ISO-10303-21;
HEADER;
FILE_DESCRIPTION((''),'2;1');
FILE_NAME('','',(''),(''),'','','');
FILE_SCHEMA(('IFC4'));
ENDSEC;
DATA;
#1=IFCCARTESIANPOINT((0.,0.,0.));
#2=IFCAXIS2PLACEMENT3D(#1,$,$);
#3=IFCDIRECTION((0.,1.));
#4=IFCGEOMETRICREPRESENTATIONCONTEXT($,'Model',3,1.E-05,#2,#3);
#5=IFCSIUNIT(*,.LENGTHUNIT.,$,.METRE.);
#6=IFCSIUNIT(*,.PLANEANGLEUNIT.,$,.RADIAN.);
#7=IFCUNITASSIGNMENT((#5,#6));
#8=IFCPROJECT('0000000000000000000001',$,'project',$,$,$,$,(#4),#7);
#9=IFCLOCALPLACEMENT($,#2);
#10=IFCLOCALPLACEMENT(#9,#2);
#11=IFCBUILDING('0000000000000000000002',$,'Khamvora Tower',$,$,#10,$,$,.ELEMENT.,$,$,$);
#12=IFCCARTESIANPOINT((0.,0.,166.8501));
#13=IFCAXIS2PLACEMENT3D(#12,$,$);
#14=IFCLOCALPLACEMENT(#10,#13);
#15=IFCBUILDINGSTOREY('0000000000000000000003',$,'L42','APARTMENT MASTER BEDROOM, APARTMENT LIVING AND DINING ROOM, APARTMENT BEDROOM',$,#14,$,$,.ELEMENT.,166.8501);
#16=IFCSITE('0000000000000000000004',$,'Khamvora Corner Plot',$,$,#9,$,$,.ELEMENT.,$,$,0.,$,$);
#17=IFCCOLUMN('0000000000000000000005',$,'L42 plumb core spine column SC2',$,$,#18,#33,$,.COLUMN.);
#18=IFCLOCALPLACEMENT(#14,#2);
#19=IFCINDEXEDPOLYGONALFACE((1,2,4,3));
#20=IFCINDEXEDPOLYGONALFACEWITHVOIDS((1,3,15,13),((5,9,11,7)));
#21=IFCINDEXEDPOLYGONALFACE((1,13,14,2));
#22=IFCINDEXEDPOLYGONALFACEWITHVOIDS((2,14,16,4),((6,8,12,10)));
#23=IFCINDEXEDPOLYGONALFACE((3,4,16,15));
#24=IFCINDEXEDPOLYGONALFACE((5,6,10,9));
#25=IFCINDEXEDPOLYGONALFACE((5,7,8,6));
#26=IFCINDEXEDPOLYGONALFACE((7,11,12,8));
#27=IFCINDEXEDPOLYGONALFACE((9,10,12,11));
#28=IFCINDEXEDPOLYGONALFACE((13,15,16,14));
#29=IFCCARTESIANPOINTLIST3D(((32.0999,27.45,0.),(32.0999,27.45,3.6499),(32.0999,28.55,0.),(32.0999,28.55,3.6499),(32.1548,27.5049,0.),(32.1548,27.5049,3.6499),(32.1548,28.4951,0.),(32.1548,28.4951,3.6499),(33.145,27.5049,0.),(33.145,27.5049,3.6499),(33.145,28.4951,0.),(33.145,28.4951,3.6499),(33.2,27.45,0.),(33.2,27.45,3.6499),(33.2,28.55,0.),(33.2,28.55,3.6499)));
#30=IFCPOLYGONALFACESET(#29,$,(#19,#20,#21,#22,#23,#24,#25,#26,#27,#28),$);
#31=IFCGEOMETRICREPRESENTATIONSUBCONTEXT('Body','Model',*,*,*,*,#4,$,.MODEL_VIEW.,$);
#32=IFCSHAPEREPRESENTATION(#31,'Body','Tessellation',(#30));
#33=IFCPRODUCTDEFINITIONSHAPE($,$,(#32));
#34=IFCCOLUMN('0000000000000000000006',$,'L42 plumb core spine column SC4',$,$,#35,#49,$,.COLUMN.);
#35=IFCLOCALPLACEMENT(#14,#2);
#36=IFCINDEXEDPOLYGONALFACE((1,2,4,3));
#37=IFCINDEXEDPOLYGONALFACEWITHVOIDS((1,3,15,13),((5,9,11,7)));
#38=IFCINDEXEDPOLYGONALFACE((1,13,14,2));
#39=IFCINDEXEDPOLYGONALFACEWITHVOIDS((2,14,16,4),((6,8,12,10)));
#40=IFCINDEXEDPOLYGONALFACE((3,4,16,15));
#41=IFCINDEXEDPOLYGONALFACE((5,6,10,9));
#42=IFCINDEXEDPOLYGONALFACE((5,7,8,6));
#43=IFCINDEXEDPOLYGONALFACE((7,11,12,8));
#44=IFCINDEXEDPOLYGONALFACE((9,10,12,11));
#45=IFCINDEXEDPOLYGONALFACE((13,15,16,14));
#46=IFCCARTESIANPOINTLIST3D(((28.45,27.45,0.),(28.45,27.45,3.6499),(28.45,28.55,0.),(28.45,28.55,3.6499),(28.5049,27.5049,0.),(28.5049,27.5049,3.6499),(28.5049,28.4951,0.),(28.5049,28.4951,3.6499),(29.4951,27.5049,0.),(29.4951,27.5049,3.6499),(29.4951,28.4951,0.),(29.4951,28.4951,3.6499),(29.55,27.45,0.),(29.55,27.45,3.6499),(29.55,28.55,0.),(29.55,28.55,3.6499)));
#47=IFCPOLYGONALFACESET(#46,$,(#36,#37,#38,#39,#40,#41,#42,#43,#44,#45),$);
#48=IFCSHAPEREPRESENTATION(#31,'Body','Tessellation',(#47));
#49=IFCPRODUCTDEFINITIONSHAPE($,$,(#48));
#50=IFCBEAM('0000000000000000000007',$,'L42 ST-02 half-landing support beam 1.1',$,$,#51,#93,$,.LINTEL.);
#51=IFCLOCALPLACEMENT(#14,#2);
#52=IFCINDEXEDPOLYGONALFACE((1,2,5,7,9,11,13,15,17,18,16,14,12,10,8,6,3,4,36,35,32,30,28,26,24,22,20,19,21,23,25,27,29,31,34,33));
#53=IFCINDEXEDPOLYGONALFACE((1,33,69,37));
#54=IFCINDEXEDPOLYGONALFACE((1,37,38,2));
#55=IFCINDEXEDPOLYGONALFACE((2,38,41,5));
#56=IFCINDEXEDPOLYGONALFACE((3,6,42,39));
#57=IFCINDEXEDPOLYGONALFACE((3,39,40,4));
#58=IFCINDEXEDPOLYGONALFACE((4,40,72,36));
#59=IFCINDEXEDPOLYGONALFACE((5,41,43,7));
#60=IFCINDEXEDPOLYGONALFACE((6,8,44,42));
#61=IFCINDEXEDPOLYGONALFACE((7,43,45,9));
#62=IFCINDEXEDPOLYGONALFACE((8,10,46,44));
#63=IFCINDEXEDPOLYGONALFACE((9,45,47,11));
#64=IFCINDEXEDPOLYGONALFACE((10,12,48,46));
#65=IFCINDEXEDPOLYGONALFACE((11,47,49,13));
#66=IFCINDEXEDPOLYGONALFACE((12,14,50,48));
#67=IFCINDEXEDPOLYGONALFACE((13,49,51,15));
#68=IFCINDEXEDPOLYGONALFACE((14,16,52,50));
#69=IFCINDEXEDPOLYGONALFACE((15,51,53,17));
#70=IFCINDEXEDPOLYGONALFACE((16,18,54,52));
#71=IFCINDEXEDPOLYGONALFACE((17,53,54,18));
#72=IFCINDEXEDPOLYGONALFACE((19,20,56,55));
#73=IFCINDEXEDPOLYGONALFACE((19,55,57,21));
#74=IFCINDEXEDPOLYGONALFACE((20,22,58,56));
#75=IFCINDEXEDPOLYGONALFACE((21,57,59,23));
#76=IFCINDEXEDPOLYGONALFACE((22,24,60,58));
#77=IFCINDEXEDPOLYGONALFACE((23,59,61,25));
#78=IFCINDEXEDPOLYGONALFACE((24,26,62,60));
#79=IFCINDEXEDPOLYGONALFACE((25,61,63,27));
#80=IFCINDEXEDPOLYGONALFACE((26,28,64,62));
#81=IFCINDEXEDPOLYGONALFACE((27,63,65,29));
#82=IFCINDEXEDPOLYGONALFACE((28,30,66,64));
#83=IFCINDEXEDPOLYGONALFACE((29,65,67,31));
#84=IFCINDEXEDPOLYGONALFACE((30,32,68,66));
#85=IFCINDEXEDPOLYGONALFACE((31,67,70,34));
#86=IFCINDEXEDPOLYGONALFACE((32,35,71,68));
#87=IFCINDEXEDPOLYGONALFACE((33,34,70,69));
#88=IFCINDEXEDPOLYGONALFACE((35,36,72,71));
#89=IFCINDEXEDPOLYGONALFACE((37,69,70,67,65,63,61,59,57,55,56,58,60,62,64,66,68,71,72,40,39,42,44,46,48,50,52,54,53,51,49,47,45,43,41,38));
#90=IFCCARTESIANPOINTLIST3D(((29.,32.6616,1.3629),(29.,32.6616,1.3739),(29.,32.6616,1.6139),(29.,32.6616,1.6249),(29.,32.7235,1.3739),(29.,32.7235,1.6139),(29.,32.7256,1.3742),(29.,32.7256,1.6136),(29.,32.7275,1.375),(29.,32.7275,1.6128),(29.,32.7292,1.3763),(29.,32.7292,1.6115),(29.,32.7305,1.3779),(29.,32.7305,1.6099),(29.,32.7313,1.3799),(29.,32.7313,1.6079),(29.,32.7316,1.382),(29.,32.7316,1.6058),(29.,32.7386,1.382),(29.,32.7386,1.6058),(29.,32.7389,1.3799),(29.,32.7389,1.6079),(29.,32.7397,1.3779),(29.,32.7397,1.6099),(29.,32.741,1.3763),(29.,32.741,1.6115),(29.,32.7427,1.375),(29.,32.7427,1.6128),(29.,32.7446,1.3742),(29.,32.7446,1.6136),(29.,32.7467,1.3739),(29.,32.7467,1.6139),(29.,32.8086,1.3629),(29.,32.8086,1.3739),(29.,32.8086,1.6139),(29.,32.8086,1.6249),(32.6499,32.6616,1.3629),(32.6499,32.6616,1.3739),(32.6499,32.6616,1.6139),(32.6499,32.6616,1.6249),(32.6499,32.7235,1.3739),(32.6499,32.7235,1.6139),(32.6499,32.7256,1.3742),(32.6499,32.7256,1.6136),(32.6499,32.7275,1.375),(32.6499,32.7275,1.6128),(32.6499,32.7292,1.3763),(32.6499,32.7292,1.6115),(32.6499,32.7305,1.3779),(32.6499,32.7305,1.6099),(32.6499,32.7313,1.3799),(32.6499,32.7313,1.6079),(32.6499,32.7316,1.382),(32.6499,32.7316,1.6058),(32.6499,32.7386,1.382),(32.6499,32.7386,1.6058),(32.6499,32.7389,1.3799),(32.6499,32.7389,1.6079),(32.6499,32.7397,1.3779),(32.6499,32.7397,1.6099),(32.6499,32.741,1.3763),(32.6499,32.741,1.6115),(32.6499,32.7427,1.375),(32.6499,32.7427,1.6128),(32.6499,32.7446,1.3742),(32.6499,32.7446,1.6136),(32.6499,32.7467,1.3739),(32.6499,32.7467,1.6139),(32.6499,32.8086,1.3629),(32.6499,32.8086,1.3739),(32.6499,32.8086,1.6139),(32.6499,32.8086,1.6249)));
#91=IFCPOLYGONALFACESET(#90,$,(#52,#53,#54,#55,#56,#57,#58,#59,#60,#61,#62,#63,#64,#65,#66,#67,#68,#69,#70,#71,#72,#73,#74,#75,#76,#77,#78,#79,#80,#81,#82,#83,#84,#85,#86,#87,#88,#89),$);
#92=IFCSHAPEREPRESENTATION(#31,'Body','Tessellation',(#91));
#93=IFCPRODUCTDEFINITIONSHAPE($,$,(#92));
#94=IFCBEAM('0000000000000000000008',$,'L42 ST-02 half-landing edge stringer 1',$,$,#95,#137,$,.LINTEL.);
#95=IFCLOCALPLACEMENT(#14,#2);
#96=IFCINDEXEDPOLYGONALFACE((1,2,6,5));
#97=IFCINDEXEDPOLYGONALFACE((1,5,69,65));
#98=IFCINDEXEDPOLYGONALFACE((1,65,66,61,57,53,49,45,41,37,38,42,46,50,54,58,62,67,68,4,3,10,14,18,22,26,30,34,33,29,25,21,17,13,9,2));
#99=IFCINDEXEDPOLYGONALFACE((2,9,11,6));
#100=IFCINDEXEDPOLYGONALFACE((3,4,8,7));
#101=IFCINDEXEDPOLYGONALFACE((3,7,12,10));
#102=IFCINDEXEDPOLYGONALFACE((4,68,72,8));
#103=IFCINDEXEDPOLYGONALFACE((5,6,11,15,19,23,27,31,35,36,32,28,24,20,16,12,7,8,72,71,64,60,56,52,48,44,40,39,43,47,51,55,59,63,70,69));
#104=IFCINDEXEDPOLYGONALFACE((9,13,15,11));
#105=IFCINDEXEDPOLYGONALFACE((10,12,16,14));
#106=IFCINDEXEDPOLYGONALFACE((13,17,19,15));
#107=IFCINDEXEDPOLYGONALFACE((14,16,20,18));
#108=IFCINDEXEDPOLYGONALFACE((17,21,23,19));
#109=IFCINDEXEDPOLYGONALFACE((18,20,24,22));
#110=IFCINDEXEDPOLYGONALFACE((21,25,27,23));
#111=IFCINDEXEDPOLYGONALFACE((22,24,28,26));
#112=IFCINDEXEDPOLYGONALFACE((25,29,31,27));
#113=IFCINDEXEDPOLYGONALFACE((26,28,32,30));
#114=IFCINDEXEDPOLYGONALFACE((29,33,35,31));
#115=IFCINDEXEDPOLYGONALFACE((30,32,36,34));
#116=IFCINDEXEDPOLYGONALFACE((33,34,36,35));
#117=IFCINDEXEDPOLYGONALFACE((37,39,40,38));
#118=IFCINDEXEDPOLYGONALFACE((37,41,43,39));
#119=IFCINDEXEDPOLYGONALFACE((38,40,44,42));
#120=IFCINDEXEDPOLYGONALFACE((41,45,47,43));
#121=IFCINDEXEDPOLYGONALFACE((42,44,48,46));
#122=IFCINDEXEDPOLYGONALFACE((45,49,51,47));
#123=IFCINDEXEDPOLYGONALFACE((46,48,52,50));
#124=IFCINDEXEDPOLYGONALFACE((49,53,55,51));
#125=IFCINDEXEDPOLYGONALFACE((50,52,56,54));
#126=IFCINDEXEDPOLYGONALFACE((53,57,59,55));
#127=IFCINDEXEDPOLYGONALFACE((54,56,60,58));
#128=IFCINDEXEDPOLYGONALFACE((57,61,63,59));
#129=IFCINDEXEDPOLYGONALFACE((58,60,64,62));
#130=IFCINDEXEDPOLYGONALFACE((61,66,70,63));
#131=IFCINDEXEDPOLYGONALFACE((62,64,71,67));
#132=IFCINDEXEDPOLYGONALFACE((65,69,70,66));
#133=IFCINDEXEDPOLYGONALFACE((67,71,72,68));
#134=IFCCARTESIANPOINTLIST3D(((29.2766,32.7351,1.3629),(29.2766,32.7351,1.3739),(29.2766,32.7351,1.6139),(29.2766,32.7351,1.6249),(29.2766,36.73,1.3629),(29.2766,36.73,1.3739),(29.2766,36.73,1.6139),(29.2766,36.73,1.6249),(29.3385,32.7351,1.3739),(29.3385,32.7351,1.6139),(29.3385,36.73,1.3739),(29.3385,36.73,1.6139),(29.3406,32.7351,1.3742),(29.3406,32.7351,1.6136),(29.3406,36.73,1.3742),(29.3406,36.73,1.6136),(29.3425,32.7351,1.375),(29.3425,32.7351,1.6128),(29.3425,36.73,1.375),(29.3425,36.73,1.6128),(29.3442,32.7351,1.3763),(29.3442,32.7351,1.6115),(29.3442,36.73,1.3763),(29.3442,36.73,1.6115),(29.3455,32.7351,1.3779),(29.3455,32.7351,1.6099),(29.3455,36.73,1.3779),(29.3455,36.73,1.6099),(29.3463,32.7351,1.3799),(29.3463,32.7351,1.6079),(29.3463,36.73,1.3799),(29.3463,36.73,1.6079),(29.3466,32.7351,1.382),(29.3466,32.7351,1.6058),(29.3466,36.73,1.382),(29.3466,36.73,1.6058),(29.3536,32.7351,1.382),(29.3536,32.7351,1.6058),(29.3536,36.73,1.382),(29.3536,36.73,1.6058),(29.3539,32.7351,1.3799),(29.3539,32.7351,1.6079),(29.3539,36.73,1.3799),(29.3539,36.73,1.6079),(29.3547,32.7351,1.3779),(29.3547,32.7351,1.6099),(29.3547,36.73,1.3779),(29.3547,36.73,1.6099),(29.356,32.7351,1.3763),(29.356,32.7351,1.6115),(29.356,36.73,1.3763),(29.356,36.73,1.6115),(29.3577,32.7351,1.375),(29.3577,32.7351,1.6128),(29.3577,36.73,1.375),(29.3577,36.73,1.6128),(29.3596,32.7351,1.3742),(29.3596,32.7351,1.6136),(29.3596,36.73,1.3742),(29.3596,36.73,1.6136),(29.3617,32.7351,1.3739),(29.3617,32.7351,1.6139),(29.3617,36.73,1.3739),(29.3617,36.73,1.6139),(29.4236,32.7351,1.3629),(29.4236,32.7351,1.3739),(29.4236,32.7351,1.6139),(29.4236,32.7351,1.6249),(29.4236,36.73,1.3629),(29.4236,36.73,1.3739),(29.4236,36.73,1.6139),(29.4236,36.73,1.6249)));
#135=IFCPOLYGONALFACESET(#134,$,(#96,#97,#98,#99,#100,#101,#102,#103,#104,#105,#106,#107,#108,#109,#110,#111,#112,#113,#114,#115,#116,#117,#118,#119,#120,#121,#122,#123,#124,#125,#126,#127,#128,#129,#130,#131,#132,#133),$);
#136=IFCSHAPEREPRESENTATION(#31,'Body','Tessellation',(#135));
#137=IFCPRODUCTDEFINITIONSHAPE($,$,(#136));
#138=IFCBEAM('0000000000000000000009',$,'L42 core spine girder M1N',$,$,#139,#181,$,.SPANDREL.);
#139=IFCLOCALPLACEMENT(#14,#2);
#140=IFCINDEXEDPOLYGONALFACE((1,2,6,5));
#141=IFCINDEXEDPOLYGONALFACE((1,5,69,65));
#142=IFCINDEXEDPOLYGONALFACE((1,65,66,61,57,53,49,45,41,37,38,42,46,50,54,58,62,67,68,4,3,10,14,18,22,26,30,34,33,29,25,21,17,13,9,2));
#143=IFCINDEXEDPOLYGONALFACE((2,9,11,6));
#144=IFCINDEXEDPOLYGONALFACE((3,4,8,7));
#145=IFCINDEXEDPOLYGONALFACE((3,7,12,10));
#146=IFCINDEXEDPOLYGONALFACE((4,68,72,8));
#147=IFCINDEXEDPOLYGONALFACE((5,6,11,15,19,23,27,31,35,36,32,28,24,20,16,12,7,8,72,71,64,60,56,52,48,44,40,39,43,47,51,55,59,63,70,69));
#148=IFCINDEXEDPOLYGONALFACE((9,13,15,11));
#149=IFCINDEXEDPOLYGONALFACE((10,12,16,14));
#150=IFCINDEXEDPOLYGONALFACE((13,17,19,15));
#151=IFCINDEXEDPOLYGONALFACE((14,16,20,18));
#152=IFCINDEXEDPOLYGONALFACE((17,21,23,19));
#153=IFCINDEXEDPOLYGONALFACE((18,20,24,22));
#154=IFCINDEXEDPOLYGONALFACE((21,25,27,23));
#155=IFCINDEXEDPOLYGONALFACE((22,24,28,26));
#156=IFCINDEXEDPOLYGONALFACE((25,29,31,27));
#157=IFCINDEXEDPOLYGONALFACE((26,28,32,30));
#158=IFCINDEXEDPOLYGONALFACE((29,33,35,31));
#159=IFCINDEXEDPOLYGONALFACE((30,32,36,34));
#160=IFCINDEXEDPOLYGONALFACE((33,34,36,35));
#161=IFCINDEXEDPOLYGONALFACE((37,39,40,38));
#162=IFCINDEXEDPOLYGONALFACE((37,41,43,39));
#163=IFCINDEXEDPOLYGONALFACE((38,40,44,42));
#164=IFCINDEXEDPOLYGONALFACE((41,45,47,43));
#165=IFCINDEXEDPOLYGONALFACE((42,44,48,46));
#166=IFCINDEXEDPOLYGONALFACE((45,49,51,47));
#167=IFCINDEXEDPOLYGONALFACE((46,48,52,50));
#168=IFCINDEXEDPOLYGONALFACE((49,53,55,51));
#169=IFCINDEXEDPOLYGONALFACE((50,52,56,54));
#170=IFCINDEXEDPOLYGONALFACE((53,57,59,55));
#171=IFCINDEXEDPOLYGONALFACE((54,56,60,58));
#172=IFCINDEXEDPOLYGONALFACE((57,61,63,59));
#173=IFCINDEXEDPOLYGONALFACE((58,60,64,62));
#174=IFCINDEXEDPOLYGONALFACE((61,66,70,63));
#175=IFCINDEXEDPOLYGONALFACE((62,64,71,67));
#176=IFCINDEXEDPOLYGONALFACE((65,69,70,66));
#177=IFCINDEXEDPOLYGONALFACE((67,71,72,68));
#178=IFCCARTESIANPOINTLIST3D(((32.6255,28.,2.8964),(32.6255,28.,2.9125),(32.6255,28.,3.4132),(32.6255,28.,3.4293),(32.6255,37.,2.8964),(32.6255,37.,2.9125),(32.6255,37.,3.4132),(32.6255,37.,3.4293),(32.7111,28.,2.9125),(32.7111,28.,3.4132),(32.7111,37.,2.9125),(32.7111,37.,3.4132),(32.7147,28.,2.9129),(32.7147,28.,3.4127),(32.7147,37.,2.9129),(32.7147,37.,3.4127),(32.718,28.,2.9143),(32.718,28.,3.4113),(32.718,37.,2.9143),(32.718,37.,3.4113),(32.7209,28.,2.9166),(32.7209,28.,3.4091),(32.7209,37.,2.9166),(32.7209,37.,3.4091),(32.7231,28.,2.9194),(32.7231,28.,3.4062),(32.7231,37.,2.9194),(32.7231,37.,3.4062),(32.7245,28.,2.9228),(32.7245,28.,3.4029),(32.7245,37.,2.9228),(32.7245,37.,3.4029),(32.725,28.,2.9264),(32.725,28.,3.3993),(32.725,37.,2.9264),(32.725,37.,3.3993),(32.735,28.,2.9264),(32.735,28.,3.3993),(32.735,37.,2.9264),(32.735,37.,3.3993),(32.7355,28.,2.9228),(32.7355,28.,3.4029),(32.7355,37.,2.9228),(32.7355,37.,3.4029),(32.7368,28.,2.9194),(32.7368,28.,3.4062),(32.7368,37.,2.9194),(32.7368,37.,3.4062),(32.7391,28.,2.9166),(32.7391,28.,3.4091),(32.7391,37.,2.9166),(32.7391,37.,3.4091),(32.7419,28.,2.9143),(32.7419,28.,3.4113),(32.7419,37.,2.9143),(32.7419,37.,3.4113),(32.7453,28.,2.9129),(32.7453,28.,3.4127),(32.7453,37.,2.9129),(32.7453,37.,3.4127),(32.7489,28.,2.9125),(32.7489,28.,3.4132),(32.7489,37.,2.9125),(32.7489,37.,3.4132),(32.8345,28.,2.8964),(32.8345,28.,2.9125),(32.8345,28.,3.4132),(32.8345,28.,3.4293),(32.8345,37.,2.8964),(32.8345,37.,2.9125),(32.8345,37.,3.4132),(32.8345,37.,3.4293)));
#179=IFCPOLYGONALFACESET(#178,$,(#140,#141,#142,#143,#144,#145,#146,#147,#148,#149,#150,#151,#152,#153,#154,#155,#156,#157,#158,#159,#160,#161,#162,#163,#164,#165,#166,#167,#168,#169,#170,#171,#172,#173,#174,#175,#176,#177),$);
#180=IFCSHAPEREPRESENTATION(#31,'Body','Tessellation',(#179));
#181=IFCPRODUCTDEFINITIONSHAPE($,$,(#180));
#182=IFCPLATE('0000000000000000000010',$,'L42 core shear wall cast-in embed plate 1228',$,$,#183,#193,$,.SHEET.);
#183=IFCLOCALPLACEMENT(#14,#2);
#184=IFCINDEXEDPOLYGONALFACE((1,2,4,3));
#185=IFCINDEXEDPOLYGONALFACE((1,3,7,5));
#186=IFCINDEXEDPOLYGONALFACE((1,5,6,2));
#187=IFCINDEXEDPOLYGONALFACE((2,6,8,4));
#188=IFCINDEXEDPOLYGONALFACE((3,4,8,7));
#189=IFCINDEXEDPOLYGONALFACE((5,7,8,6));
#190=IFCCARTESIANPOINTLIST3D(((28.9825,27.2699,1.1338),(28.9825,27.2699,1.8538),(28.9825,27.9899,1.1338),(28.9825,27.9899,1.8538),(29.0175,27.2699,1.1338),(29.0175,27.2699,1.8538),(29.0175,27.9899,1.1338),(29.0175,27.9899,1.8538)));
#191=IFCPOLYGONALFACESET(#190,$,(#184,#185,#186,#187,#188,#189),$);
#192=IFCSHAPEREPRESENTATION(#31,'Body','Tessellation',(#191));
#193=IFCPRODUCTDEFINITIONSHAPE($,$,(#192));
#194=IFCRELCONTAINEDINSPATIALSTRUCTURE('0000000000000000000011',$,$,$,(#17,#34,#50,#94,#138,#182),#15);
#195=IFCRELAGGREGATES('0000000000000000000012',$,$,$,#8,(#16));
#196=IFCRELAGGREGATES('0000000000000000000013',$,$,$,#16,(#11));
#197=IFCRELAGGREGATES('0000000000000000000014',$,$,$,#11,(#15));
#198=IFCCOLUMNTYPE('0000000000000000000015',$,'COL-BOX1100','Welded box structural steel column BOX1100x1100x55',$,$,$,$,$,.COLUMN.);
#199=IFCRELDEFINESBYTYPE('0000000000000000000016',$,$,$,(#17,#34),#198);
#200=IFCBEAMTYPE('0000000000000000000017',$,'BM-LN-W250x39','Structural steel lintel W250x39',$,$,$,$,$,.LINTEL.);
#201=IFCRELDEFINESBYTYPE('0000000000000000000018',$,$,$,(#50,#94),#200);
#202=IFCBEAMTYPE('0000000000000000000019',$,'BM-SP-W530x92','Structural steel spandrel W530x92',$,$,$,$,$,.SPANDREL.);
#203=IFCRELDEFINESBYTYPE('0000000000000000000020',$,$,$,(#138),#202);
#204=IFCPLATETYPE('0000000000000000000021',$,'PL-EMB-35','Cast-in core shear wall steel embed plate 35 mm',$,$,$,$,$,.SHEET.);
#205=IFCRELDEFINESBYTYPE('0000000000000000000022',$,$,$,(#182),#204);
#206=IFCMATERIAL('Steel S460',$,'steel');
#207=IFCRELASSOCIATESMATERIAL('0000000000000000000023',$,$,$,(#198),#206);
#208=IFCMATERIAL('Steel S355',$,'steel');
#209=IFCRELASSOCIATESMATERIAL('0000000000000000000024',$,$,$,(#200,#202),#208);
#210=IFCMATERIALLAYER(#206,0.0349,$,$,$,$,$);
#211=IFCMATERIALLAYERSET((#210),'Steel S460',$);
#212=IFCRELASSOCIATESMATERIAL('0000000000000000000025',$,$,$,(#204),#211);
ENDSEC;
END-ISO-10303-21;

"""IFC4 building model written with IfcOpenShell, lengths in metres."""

from ifc_helpers import new_model, si_unit, direction, frame, origin, origin_2d, place, context, subcontext, project, spatial, rectangle, hollow_rectangle, i_section, extrude, material, layer, layer_set, material_profile, profile_set, type_object, element, save


model = new_model("IFC4")

# Units and contexts
model_context = context("Model", 3, precision=1e-05, world=origin(), true_north=direction((0.0, 1.0)))
body_context = subcontext(model_context, "Body", "Model", "MODEL_VIEW")
ifc_project = project(units=[si_unit("LENGTHUNIT", "METRE"), si_unit("PLANEANGLEUNIT", "RADIAN")], contexts=[model_context])

# Site, building, storey
site_placement = place(None, origin())
site = spatial("IfcSite", under=ifc_project, at=site_placement, Name="Khamvora Corner Plot", CompositionType="ELEMENT", RefElevation=0.0)
building_placement = place(site_placement, origin())
building = spatial("IfcBuilding", under=site, at=building_placement, Name="Khamvora Tower", CompositionType="ELEMENT")
storey_placement = place(building_placement, frame((0.0, 0.0, 166.8501)))
storey = spatial("IfcBuildingStorey", under=building, at=storey_placement, Name="L42", Description="APARTMENT MASTER BEDROOM, APARTMENT LIVING AND DINING ROOM, APARTMENT BEDROOM", CompositionType="ELEMENT", Elevation=166.8501)

# Columns
ifc_material_1 = material(Name="Steel S460", Category="steel")
ifc_material_profile_1 = material_profile(ifc_material_1, hollow_rectangle(XDim=1.1001, YDim=1.1001, WallThickness=0.0549, at=origin_2d()), Name="BOX1100x1100x55")
ifc_profile_set_1 = profile_set([ifc_material_profile_1], Name="Steel S460")
column_type = type_object("IfcColumnType", Name="COL-BOX1100", Description="Welded box structural steel column BOX1100x1100x55", PredefinedType="COLUMN", material=ifc_profile_set_1)
for number, where, z_axis, x_axis, name in (
    (1, (32.6499, 28.0, 0.0), (0.0, 0.0, 1.0), (1.0, 0.0, 0.0), "L42 plumb core spine column SC2"),
    (2, (29.0, 28.0, 0.0), (0.0, 0.0, 1.0), (1.0, 0.0, 0.0), "L42 plumb core spine column SC4"),
):
    element("IfcColumn", number, at=place(storey_placement, frame(where, z_axis=z_axis, x_axis=x_axis)), inside=storey, type_object=column_type, Name=name, PredefinedType="COLUMN", context=body_context, shape_type="SweptSolid", body=[
        extrude(hollow_rectangle(XDim=1.1001, YDim=1.1001, WallThickness=0.0549, at=origin_2d()), origin(), (0.0, 0.0, 1.0), 3.6499),
    ])

# Beams
ifc_material_2 = material(Name="Steel S355", Category="steel")
ifc_material_profile_2 = material_profile(ifc_material_2, i_section(OverallWidth=0.147, OverallDepth=0.262, WebThickness=0.0071, FlangeThickness=0.011, FilletRadius=0.0081, at=origin_2d()), Name="W250x39")
ifc_profile_set_2 = profile_set([ifc_material_profile_2], Name="Steel S355")
beam_type_1 = type_object("IfcBeamType", Name="BM-LN-W250x39", Description="Structural steel lintel W250x39", PredefinedType="LINTEL", material=ifc_profile_set_2)
beam_1_placement = place(storey_placement, frame((29.0, 32.7351, 1.4939), z_axis=(1.0, 0.0, 0.0), x_axis=(0.0, 1.0, 0.0)))
element("IfcBeam", 3, at=beam_1_placement, inside=storey, type_object=beam_type_1, Name="L42 ST-02 half-landing support beam 1.1", PredefinedType="LINTEL", context=body_context, shape_type="SweptSolid", body=[
    extrude(i_section(OverallWidth=0.147, OverallDepth=0.262, WebThickness=0.0071, FlangeThickness=0.011, FilletRadius=0.0081, at=origin_2d()), origin(), (0.0, 0.0, 1.0), 3.6499),
])
beam_2_placement = place(storey_placement, frame((29.3501, 32.7351, 1.4939), z_axis=(0.0, 1.0, 0.0), x_axis=(-1.0, 0.0, 0.0)))
element("IfcBeam", 4, at=beam_2_placement, inside=storey, type_object=beam_type_1, Name="L42 ST-02 half-landing edge stringer 1", PredefinedType="LINTEL", context=body_context, shape_type="SweptSolid", body=[
    extrude(i_section(OverallWidth=0.147, OverallDepth=0.262, WebThickness=0.0071, FlangeThickness=0.011, FilletRadius=0.0081, at=origin_2d()), origin(), (0.0, 0.0, 1.0), 3.9949),
])
ifc_material_profile_3 = material_profile(ifc_material_2, i_section(OverallWidth=0.209, OverallDepth=0.533, WebThickness=0.01, FlangeThickness=0.0161, FilletRadius=0.0139, at=origin_2d()), Name="W530x92")
ifc_profile_set_3 = profile_set([ifc_material_profile_3], Name="Steel S355")
beam_type_2 = type_object("IfcBeamType", Name="BM-SP-W530x92", Description="Structural steel spandrel W530x92", PredefinedType="SPANDREL", material=ifc_profile_set_3)
beam_3_placement = place(storey_placement, frame((32.73, 28.0, 3.1628), z_axis=(0.0, 1.0, 0.0), x_axis=(-1.0, 0.0, 0.0)))
element("IfcBeam", 5, at=beam_3_placement, inside=storey, type_object=beam_type_2, Name="L42 core spine girder M1N", PredefinedType="SPANDREL", context=body_context, shape_type="SweptSolid", body=[
    extrude(i_section(OverallWidth=0.209, OverallDepth=0.533, WebThickness=0.01, FlangeThickness=0.0161, FilletRadius=0.0139, at=origin_2d()), origin(), (0.0, 0.0, 1.0), 9.0),
])

# Plate
ifc_layer_1 = layer(ifc_material_1, 0.0349)
ifc_layer_set_1 = layer_set([ifc_layer_1], Name="Steel S460")
plate_type = type_object("IfcPlateType", Name="PL-EMB-35", Description="Cast-in core shear wall steel embed plate 35 mm", PredefinedType="SHEET", material=ifc_layer_set_1)
for number, where, z_axis, x_axis, name in (
    (6, (29.0, 27.6299, 1.1338), (0.0, 0.0, 1.0), (1.0, 0.0, 0.0), "L42 core shear wall cast-in embed plate 1228"),
):
    element("IfcPlate", number, at=place(storey_placement, frame(where, z_axis=z_axis, x_axis=x_axis)), inside=storey, type_object=plate_type, Name=name, PredefinedType="SHEET", context=body_context, shape_type="SweptSolid", body=[
        extrude(rectangle(XDim=0.0349, YDim=0.72, at=origin_2d()), origin(), (0.0, 0.0, 1.0), 0.72),
    ])

save(model, "model.ifc")
